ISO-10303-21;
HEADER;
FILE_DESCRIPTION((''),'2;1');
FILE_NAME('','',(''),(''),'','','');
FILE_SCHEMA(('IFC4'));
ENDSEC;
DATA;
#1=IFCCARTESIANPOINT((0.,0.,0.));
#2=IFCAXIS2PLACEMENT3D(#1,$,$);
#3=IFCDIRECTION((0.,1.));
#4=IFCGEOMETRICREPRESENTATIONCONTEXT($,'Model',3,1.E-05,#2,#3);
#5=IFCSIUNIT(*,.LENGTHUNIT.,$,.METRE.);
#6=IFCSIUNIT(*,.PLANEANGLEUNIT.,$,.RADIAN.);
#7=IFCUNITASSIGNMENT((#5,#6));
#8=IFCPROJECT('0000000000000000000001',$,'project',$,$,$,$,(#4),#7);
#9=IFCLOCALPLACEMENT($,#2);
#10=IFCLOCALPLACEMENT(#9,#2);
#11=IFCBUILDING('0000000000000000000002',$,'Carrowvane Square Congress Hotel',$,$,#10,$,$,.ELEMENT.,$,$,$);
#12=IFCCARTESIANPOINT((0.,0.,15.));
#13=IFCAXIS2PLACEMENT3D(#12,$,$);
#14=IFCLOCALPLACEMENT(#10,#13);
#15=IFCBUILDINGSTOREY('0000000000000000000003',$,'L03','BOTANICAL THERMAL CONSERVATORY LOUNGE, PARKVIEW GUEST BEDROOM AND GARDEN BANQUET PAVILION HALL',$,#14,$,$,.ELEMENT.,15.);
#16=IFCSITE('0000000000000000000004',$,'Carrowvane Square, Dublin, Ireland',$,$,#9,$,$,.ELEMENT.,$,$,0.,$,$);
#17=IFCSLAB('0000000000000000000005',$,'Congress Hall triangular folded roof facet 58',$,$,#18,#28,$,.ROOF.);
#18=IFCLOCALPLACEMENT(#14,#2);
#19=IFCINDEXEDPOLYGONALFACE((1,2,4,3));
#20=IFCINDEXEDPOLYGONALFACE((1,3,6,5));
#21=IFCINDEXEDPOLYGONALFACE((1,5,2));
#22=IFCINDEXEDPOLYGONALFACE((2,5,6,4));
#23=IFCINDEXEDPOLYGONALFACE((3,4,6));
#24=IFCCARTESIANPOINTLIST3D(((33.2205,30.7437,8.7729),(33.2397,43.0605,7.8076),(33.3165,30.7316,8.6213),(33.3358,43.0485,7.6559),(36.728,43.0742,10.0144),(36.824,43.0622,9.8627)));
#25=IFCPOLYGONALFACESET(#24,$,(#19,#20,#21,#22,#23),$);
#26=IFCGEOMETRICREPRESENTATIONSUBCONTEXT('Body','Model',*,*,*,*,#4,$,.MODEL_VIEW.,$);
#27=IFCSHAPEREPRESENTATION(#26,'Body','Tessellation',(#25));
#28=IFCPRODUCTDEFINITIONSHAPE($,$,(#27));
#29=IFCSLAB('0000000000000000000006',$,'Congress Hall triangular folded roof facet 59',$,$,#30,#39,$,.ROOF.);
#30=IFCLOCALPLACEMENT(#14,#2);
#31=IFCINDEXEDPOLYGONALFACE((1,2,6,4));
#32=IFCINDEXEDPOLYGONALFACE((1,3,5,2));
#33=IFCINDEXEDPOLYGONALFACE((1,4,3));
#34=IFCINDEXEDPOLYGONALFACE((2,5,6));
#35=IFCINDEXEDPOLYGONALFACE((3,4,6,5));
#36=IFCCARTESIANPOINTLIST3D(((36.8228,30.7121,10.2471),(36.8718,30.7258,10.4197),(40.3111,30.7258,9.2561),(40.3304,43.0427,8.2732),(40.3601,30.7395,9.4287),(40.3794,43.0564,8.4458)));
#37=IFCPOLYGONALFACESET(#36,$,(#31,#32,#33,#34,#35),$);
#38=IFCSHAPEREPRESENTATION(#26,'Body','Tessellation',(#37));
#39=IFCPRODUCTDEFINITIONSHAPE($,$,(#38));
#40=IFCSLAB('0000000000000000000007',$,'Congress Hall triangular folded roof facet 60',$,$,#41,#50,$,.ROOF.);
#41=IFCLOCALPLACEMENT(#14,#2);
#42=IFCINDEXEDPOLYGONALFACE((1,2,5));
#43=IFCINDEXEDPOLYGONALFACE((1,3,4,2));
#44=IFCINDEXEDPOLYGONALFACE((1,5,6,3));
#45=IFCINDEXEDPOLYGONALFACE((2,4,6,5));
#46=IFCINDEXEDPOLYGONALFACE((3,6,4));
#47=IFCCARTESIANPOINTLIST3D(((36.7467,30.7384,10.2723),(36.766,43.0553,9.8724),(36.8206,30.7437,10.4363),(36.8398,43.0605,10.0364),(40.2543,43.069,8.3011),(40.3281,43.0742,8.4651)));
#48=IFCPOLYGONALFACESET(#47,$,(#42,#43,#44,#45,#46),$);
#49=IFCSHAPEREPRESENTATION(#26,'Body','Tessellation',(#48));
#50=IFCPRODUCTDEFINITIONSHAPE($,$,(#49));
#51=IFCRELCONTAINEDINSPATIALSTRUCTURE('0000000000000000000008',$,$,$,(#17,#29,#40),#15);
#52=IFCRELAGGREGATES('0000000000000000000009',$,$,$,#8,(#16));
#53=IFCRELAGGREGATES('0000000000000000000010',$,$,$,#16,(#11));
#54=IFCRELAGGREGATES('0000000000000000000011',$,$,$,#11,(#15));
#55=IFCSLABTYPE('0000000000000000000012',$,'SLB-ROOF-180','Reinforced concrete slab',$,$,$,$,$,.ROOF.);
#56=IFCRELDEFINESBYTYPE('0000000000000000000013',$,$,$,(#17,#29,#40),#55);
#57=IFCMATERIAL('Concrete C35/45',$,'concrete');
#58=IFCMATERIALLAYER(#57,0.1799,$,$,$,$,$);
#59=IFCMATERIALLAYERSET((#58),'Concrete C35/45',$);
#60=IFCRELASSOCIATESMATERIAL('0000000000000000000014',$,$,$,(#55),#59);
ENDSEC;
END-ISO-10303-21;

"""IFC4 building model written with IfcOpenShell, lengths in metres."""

from ifc_helpers import new_model, si_unit, direction, frame, origin, place, context, subcontext, project, spatial, polyline, outline, extrude, material, layer, layer_set, type_object, element, save


model = new_model("IFC4")

# Units and contexts
model_context = context("Model", 3, precision=1e-05, world=origin(), true_north=direction((0.0, 1.0)))
body_context = subcontext(model_context, "Body", "Model", "MODEL_VIEW")
ifc_project = project(units=[si_unit("LENGTHUNIT", "METRE"), si_unit("PLANEANGLEUNIT", "RADIAN")], contexts=[model_context])

# Site, building, storey
site_placement = place(None, origin())
site = spatial("IfcSite", under=ifc_project, at=site_placement, Name="Carrowvane Square, Dublin, Ireland", CompositionType="ELEMENT", RefElevation=0.0)
building_placement = place(site_placement, origin())
building = spatial("IfcBuilding", under=site, at=building_placement, Name="Carrowvane Square Congress Hotel", CompositionType="ELEMENT")
storey_placement = place(building_placement, frame((0.0, 0.0, 15.0)))
storey = spatial("IfcBuildingStorey", under=building, at=storey_placement, Name="L03", Description="BOTANICAL THERMAL CONSERVATORY LOUNGE, PARKVIEW GUEST BEDROOM AND GARDEN BANQUET PAVILION HALL", CompositionType="ELEMENT", Elevation=15.0)

# Slabs
ifc_material_1 = material(Name="Concrete C35/45", Category="concrete")
ifc_layer_1 = layer(ifc_material_1, 0.1799)
ifc_layer_set_1 = layer_set([ifc_layer_1], Name="Concrete C35/45")
slab_type = type_object("IfcSlabType", Name="SLB-ROOF-180", Description="Reinforced concrete slab", PredefinedType="ROOF", material=ifc_layer_set_1)
slab_1_placement = place(storey_placement, frame((33.2205, 30.7437, 8.7729), z_axis=(-0.533616, 0.066911, 0.843076), x_axis=(0.272333, 0.957363, 0.096388)))
element("IfcSlab", 1, at=slab_1_placement, inside=storey, type_object=slab_type, Name="Congress Hall triangular folded roof facet 58", PredefinedType="ROOF", context=body_context, shape_type="SweptSolid", body=[
    extrude(outline(polyline([(0.0, 0.0), (12.8797, 0.0), (11.7039, 3.9567), (0.0, 0.0)])), origin(), (0.0, 0.0, -1.0), 0.1799),
])
slab_2_placement = place(storey_placement, frame((36.8718, 30.7258, 10.4197), z_axis=(0.272202, 0.076122, 0.959224), x_axis=(0.96193, 0.00377, -0.273269)))
element("IfcSlab", 2, at=slab_2_placement, inside=storey, type_object=slab_type, Name="Congress Hall triangular folded roof facet 59", PredefinedType="ROOF", context=body_context, shape_type="SweptSolid", body=[
    extrude(outline(polyline([(0.0, 0.0), (3.6263, 0.0), (3.9599, 12.3516), (0.0, 0.0)])), origin(), (0.0, 0.0, -1.0), 0.1799),
])
slab_3_placement = place(storey_placement, frame((36.8206, 30.7437, 10.4363), z_axis=(0.410438, 0.028949, 0.911429), x_axis=(0.270429, 0.950669, -0.151976)))
element("IfcSlab", 3, at=slab_3_placement, inside=storey, type_object=slab_type, Name="Congress Hall triangular folded roof facet 60", PredefinedType="ROOF", context=body_context, shape_type="SweptSolid", body=[
    extrude(outline(polyline([(0.0, 0.0), (12.9704, 0.0), (11.7753, 3.6344), (0.0, 0.0)])), origin(), (0.0, 0.0, -1.0), 0.1799),
])

save(model, "model.ifc")
